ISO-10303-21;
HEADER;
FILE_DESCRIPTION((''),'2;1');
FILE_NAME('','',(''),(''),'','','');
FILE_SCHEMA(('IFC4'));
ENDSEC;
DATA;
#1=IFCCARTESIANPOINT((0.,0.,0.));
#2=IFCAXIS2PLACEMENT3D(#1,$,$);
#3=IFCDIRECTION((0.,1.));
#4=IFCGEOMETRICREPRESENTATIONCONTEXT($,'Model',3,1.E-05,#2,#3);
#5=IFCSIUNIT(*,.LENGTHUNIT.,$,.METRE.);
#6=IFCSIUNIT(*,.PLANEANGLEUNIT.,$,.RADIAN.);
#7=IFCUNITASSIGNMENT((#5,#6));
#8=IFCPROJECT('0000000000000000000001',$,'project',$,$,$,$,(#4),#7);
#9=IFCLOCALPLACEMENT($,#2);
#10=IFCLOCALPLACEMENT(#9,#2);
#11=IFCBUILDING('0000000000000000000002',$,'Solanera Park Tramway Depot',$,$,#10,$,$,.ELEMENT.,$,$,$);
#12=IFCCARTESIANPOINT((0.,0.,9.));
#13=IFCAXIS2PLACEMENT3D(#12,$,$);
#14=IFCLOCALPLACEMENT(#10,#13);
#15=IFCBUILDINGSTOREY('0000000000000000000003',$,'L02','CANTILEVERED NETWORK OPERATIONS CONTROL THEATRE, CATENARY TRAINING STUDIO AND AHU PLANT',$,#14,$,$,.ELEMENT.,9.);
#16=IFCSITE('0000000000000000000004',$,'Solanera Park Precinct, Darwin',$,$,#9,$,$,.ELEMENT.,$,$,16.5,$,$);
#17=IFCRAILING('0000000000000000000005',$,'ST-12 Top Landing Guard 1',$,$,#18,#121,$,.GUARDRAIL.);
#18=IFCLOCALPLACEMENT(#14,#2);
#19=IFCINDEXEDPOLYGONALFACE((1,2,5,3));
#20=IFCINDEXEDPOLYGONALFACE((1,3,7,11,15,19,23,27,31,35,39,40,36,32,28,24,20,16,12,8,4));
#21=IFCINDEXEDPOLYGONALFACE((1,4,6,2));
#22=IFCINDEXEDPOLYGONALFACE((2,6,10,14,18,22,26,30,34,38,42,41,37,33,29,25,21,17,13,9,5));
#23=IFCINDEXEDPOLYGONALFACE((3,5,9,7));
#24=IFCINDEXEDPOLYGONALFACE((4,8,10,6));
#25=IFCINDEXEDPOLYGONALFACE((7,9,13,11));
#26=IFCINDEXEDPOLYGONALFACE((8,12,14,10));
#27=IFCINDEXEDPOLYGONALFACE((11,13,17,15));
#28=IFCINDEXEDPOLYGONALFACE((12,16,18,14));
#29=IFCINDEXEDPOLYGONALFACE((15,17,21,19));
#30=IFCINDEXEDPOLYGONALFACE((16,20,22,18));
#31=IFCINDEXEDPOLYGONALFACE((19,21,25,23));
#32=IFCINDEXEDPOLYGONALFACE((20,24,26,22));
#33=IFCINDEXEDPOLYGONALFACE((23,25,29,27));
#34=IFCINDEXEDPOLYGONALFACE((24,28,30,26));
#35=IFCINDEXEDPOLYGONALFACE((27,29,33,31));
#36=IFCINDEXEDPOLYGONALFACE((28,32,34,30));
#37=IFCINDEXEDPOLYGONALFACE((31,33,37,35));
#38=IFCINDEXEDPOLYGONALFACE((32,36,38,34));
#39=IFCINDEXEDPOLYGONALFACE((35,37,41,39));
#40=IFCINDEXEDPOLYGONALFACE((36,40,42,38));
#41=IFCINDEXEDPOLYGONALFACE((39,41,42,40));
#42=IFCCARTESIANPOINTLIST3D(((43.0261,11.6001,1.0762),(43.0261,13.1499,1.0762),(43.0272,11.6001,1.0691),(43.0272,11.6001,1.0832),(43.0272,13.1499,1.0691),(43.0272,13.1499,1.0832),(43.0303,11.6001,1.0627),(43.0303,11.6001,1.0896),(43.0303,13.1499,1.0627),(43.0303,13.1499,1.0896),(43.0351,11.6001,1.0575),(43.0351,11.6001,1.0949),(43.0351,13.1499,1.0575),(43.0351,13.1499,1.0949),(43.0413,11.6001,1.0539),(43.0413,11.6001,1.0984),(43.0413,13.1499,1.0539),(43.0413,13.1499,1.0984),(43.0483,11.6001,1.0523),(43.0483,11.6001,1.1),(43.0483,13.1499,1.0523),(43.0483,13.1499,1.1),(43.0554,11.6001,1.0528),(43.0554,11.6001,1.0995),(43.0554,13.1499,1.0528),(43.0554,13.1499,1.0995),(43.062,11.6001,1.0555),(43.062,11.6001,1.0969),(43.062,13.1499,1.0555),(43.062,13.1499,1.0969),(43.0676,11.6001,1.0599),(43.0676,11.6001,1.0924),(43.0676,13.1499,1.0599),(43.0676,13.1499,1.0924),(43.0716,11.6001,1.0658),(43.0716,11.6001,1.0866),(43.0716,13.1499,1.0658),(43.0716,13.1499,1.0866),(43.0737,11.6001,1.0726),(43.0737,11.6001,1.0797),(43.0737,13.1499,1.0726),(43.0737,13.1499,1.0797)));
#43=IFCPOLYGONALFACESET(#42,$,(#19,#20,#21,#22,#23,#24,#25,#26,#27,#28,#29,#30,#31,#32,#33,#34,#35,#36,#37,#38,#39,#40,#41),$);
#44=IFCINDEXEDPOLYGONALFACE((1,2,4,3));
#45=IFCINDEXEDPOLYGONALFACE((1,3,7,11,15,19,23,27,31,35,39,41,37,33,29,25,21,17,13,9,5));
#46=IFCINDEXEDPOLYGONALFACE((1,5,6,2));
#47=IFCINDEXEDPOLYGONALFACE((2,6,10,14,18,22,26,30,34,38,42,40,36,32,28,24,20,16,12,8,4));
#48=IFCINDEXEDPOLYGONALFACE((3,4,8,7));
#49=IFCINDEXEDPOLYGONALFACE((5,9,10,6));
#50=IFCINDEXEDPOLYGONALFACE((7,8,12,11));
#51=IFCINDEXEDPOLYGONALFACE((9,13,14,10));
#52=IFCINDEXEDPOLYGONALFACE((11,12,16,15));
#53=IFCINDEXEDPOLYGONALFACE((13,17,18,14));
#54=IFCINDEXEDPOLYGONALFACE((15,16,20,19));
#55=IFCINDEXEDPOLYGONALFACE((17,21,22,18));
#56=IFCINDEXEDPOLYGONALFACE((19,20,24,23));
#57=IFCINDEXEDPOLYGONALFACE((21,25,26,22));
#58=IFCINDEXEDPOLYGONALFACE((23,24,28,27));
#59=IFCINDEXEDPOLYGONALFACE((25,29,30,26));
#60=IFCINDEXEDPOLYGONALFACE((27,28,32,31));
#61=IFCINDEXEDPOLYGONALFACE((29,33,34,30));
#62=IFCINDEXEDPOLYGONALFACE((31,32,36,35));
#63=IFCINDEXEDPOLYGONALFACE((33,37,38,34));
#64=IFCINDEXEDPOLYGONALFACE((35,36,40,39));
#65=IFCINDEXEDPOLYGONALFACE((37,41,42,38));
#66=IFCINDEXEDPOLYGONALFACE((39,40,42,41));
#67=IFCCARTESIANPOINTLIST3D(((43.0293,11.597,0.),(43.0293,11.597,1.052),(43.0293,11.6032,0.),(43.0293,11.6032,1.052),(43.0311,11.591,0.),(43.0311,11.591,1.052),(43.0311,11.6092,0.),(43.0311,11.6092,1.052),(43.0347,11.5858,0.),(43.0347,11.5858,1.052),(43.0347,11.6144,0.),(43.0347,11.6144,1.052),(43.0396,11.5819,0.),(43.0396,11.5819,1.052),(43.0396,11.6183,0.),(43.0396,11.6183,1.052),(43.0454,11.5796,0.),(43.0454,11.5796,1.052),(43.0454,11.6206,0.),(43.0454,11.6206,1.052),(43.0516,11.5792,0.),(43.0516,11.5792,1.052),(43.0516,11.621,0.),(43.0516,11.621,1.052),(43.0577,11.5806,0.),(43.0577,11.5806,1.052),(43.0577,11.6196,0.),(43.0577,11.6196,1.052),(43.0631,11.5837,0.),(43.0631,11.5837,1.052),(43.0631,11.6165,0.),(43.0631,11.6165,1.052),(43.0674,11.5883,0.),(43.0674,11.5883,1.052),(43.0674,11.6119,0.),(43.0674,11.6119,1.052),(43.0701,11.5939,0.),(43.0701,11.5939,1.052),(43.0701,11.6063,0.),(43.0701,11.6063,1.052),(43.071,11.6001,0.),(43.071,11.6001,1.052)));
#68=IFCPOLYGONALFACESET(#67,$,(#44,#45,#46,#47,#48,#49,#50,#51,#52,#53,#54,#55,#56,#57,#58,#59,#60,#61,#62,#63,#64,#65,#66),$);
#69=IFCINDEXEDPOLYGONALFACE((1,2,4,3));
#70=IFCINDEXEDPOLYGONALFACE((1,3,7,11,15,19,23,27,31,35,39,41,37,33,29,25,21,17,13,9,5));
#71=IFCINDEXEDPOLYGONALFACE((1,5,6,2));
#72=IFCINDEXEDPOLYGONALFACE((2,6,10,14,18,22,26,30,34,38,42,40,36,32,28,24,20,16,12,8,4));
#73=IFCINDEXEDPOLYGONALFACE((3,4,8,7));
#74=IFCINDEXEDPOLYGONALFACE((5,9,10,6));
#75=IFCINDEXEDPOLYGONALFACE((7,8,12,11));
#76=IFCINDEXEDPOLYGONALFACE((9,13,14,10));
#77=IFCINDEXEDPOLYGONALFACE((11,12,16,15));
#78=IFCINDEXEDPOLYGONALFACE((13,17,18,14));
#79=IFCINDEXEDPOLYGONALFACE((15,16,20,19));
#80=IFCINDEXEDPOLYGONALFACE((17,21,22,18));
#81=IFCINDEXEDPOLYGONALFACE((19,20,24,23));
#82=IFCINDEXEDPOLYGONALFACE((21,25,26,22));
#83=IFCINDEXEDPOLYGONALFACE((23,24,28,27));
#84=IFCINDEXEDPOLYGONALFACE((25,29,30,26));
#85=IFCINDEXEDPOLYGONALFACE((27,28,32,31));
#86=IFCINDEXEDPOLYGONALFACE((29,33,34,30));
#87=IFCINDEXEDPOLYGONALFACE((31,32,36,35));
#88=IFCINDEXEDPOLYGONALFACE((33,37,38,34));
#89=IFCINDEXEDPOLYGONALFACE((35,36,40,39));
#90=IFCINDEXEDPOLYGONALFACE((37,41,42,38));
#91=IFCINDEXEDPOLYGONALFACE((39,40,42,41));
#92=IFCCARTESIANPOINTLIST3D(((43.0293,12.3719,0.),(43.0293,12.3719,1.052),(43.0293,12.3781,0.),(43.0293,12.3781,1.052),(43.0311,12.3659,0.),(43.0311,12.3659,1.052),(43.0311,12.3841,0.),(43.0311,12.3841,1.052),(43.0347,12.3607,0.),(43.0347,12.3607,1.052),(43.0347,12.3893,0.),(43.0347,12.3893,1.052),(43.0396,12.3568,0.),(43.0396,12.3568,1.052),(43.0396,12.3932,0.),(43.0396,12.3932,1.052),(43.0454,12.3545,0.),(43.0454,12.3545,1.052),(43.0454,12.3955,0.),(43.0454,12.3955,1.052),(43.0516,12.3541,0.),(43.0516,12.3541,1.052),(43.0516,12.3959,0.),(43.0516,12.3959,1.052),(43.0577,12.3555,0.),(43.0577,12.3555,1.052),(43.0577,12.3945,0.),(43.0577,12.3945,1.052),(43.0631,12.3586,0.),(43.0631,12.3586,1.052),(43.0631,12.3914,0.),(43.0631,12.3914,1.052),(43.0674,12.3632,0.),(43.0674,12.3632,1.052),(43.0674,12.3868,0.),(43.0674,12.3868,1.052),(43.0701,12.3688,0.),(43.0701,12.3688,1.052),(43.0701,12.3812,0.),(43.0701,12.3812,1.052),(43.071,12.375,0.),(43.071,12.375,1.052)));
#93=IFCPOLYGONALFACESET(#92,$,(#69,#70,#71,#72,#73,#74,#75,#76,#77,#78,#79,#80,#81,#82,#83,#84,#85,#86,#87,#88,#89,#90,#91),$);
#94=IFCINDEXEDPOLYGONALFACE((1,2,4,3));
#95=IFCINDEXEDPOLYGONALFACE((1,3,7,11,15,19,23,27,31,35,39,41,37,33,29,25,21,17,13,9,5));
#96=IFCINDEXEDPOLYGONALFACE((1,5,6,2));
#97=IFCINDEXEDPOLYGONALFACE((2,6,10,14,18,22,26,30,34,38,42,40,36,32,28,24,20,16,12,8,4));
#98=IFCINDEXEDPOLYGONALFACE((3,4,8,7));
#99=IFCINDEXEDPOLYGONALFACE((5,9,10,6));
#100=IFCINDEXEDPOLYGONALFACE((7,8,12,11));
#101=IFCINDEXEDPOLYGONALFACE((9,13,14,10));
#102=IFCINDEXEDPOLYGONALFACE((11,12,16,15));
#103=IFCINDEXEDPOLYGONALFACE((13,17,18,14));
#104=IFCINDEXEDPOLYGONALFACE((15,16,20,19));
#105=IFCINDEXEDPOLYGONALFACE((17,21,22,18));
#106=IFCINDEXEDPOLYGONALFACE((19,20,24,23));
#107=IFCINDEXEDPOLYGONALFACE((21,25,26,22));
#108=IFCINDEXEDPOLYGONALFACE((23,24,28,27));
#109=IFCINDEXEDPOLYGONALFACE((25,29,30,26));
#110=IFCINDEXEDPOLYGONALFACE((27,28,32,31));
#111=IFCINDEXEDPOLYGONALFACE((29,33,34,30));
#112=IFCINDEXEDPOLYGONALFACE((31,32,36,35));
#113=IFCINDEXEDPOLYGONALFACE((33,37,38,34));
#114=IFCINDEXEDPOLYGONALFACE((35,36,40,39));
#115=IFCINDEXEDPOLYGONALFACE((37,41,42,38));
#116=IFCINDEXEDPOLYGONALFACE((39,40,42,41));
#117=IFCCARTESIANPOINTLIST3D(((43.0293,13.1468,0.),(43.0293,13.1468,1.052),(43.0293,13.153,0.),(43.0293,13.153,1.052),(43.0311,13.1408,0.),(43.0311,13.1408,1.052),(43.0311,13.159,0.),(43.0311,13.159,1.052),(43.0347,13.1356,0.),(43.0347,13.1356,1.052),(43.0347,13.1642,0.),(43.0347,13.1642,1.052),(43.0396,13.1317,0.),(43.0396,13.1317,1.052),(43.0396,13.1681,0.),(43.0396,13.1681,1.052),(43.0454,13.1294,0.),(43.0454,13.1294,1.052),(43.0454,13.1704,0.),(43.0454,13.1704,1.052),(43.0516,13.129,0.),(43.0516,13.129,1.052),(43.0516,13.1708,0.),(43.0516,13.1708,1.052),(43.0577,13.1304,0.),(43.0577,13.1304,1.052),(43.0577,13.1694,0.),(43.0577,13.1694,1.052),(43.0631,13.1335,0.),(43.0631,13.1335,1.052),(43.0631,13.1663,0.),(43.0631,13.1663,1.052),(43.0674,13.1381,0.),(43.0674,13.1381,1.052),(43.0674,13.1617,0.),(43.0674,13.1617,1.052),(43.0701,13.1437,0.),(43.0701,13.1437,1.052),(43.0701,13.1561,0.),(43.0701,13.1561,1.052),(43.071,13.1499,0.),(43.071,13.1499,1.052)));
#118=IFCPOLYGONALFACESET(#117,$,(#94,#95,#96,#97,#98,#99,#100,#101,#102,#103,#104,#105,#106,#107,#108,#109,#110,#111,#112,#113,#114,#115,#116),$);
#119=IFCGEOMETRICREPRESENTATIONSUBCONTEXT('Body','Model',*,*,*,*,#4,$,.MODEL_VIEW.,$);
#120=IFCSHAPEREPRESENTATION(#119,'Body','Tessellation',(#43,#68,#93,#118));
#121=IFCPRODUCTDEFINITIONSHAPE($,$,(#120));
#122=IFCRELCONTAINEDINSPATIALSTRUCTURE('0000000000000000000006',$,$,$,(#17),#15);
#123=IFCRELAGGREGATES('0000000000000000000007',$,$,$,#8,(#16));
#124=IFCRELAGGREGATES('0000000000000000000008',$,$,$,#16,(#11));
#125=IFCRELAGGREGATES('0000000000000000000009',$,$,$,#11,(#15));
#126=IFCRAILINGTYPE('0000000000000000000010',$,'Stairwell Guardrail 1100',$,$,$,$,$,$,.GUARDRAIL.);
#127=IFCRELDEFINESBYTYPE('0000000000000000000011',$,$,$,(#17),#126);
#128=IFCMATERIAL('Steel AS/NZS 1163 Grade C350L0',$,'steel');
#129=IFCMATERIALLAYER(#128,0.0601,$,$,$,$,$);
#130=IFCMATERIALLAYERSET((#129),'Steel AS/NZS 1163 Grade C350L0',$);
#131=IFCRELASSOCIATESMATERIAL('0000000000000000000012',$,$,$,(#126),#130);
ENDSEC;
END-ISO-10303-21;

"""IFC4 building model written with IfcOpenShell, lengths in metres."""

from ifc_helpers import new_model, si_unit, direction, frame, origin, origin_2d, place, context, subcontext, project, spatial, circle, extrude, material, layer, layer_set, type_object, element, save


model = new_model("IFC4")

# Units and contexts
model_context = context("Model", 3, precision=1e-05, world=origin(), true_north=direction((0.0, 1.0)))
body_context = subcontext(model_context, "Body", "Model", "MODEL_VIEW")
ifc_project = project(units=[si_unit("LENGTHUNIT", "METRE"), si_unit("PLANEANGLEUNIT", "RADIAN")], contexts=[model_context])

# Site, building, storey
site_placement = place(None, origin())
site = spatial("IfcSite", under=ifc_project, at=site_placement, Name="Solanera Park Precinct, Darwin", CompositionType="ELEMENT", RefElevation=16.5)
building_placement = place(site_placement, origin())
building = spatial("IfcBuilding", under=site, at=building_placement, Name="Solanera Park Tramway Depot", CompositionType="ELEMENT")
storey_placement = place(building_placement, frame((0.0, 0.0, 9.0)))
storey = spatial("IfcBuildingStorey", under=building, at=storey_placement, Name="L02", Description="CANTILEVERED NETWORK OPERATIONS CONTROL THEATRE, CATENARY TRAINING STUDIO AND AHU PLANT", CompositionType="ELEMENT", Elevation=9.0)

# Railing
ifc_material_1 = material(Name="Steel AS/NZS 1163 Grade C350L0", Category="steel")
ifc_layer_1 = layer(ifc_material_1, 0.0601)
ifc_layer_set_1 = layer_set([ifc_layer_1], Name="Steel AS/NZS 1163 Grade C350L0")
railing_type = type_object("IfcRailingType", Name="Stairwell Guardrail 1100", PredefinedType="GUARDRAIL", material=ifc_layer_set_1)
railing_placement = place(storey_placement, frame((43.05, 11.6001, 0.0)))
element("IfcRailing", 1, at=railing_placement, inside=storey, type_object=railing_type, Name="ST-12 Top Landing Guard 1", PredefinedType="GUARDRAIL", context=body_context, shape_type="SweptSolid", body=[
    extrude(circle(Radius=0.0239, at=origin_2d()), frame((0.0, 0.0, 1.0762), z_axis=(0.0, 1.0, 0.0), x_axis=(-1.0, 0.0, 0.0)), (0.0, 0.0, 1.0), 1.5498),
    extrude(circle(Radius=0.021, at=origin_2d()), origin(), (0.0, 0.0, 1.0), 1.052),
    extrude(circle(Radius=0.021, at=origin_2d()), frame((0.0, 0.7749, 0.0)), (0.0, 0.0, 1.0), 1.052),
    extrude(circle(Radius=0.021, at=origin_2d()), frame((0.0, 1.5498, 0.0)), (0.0, 0.0, 1.0), 1.052),
])

save(model, "model.ifc")
